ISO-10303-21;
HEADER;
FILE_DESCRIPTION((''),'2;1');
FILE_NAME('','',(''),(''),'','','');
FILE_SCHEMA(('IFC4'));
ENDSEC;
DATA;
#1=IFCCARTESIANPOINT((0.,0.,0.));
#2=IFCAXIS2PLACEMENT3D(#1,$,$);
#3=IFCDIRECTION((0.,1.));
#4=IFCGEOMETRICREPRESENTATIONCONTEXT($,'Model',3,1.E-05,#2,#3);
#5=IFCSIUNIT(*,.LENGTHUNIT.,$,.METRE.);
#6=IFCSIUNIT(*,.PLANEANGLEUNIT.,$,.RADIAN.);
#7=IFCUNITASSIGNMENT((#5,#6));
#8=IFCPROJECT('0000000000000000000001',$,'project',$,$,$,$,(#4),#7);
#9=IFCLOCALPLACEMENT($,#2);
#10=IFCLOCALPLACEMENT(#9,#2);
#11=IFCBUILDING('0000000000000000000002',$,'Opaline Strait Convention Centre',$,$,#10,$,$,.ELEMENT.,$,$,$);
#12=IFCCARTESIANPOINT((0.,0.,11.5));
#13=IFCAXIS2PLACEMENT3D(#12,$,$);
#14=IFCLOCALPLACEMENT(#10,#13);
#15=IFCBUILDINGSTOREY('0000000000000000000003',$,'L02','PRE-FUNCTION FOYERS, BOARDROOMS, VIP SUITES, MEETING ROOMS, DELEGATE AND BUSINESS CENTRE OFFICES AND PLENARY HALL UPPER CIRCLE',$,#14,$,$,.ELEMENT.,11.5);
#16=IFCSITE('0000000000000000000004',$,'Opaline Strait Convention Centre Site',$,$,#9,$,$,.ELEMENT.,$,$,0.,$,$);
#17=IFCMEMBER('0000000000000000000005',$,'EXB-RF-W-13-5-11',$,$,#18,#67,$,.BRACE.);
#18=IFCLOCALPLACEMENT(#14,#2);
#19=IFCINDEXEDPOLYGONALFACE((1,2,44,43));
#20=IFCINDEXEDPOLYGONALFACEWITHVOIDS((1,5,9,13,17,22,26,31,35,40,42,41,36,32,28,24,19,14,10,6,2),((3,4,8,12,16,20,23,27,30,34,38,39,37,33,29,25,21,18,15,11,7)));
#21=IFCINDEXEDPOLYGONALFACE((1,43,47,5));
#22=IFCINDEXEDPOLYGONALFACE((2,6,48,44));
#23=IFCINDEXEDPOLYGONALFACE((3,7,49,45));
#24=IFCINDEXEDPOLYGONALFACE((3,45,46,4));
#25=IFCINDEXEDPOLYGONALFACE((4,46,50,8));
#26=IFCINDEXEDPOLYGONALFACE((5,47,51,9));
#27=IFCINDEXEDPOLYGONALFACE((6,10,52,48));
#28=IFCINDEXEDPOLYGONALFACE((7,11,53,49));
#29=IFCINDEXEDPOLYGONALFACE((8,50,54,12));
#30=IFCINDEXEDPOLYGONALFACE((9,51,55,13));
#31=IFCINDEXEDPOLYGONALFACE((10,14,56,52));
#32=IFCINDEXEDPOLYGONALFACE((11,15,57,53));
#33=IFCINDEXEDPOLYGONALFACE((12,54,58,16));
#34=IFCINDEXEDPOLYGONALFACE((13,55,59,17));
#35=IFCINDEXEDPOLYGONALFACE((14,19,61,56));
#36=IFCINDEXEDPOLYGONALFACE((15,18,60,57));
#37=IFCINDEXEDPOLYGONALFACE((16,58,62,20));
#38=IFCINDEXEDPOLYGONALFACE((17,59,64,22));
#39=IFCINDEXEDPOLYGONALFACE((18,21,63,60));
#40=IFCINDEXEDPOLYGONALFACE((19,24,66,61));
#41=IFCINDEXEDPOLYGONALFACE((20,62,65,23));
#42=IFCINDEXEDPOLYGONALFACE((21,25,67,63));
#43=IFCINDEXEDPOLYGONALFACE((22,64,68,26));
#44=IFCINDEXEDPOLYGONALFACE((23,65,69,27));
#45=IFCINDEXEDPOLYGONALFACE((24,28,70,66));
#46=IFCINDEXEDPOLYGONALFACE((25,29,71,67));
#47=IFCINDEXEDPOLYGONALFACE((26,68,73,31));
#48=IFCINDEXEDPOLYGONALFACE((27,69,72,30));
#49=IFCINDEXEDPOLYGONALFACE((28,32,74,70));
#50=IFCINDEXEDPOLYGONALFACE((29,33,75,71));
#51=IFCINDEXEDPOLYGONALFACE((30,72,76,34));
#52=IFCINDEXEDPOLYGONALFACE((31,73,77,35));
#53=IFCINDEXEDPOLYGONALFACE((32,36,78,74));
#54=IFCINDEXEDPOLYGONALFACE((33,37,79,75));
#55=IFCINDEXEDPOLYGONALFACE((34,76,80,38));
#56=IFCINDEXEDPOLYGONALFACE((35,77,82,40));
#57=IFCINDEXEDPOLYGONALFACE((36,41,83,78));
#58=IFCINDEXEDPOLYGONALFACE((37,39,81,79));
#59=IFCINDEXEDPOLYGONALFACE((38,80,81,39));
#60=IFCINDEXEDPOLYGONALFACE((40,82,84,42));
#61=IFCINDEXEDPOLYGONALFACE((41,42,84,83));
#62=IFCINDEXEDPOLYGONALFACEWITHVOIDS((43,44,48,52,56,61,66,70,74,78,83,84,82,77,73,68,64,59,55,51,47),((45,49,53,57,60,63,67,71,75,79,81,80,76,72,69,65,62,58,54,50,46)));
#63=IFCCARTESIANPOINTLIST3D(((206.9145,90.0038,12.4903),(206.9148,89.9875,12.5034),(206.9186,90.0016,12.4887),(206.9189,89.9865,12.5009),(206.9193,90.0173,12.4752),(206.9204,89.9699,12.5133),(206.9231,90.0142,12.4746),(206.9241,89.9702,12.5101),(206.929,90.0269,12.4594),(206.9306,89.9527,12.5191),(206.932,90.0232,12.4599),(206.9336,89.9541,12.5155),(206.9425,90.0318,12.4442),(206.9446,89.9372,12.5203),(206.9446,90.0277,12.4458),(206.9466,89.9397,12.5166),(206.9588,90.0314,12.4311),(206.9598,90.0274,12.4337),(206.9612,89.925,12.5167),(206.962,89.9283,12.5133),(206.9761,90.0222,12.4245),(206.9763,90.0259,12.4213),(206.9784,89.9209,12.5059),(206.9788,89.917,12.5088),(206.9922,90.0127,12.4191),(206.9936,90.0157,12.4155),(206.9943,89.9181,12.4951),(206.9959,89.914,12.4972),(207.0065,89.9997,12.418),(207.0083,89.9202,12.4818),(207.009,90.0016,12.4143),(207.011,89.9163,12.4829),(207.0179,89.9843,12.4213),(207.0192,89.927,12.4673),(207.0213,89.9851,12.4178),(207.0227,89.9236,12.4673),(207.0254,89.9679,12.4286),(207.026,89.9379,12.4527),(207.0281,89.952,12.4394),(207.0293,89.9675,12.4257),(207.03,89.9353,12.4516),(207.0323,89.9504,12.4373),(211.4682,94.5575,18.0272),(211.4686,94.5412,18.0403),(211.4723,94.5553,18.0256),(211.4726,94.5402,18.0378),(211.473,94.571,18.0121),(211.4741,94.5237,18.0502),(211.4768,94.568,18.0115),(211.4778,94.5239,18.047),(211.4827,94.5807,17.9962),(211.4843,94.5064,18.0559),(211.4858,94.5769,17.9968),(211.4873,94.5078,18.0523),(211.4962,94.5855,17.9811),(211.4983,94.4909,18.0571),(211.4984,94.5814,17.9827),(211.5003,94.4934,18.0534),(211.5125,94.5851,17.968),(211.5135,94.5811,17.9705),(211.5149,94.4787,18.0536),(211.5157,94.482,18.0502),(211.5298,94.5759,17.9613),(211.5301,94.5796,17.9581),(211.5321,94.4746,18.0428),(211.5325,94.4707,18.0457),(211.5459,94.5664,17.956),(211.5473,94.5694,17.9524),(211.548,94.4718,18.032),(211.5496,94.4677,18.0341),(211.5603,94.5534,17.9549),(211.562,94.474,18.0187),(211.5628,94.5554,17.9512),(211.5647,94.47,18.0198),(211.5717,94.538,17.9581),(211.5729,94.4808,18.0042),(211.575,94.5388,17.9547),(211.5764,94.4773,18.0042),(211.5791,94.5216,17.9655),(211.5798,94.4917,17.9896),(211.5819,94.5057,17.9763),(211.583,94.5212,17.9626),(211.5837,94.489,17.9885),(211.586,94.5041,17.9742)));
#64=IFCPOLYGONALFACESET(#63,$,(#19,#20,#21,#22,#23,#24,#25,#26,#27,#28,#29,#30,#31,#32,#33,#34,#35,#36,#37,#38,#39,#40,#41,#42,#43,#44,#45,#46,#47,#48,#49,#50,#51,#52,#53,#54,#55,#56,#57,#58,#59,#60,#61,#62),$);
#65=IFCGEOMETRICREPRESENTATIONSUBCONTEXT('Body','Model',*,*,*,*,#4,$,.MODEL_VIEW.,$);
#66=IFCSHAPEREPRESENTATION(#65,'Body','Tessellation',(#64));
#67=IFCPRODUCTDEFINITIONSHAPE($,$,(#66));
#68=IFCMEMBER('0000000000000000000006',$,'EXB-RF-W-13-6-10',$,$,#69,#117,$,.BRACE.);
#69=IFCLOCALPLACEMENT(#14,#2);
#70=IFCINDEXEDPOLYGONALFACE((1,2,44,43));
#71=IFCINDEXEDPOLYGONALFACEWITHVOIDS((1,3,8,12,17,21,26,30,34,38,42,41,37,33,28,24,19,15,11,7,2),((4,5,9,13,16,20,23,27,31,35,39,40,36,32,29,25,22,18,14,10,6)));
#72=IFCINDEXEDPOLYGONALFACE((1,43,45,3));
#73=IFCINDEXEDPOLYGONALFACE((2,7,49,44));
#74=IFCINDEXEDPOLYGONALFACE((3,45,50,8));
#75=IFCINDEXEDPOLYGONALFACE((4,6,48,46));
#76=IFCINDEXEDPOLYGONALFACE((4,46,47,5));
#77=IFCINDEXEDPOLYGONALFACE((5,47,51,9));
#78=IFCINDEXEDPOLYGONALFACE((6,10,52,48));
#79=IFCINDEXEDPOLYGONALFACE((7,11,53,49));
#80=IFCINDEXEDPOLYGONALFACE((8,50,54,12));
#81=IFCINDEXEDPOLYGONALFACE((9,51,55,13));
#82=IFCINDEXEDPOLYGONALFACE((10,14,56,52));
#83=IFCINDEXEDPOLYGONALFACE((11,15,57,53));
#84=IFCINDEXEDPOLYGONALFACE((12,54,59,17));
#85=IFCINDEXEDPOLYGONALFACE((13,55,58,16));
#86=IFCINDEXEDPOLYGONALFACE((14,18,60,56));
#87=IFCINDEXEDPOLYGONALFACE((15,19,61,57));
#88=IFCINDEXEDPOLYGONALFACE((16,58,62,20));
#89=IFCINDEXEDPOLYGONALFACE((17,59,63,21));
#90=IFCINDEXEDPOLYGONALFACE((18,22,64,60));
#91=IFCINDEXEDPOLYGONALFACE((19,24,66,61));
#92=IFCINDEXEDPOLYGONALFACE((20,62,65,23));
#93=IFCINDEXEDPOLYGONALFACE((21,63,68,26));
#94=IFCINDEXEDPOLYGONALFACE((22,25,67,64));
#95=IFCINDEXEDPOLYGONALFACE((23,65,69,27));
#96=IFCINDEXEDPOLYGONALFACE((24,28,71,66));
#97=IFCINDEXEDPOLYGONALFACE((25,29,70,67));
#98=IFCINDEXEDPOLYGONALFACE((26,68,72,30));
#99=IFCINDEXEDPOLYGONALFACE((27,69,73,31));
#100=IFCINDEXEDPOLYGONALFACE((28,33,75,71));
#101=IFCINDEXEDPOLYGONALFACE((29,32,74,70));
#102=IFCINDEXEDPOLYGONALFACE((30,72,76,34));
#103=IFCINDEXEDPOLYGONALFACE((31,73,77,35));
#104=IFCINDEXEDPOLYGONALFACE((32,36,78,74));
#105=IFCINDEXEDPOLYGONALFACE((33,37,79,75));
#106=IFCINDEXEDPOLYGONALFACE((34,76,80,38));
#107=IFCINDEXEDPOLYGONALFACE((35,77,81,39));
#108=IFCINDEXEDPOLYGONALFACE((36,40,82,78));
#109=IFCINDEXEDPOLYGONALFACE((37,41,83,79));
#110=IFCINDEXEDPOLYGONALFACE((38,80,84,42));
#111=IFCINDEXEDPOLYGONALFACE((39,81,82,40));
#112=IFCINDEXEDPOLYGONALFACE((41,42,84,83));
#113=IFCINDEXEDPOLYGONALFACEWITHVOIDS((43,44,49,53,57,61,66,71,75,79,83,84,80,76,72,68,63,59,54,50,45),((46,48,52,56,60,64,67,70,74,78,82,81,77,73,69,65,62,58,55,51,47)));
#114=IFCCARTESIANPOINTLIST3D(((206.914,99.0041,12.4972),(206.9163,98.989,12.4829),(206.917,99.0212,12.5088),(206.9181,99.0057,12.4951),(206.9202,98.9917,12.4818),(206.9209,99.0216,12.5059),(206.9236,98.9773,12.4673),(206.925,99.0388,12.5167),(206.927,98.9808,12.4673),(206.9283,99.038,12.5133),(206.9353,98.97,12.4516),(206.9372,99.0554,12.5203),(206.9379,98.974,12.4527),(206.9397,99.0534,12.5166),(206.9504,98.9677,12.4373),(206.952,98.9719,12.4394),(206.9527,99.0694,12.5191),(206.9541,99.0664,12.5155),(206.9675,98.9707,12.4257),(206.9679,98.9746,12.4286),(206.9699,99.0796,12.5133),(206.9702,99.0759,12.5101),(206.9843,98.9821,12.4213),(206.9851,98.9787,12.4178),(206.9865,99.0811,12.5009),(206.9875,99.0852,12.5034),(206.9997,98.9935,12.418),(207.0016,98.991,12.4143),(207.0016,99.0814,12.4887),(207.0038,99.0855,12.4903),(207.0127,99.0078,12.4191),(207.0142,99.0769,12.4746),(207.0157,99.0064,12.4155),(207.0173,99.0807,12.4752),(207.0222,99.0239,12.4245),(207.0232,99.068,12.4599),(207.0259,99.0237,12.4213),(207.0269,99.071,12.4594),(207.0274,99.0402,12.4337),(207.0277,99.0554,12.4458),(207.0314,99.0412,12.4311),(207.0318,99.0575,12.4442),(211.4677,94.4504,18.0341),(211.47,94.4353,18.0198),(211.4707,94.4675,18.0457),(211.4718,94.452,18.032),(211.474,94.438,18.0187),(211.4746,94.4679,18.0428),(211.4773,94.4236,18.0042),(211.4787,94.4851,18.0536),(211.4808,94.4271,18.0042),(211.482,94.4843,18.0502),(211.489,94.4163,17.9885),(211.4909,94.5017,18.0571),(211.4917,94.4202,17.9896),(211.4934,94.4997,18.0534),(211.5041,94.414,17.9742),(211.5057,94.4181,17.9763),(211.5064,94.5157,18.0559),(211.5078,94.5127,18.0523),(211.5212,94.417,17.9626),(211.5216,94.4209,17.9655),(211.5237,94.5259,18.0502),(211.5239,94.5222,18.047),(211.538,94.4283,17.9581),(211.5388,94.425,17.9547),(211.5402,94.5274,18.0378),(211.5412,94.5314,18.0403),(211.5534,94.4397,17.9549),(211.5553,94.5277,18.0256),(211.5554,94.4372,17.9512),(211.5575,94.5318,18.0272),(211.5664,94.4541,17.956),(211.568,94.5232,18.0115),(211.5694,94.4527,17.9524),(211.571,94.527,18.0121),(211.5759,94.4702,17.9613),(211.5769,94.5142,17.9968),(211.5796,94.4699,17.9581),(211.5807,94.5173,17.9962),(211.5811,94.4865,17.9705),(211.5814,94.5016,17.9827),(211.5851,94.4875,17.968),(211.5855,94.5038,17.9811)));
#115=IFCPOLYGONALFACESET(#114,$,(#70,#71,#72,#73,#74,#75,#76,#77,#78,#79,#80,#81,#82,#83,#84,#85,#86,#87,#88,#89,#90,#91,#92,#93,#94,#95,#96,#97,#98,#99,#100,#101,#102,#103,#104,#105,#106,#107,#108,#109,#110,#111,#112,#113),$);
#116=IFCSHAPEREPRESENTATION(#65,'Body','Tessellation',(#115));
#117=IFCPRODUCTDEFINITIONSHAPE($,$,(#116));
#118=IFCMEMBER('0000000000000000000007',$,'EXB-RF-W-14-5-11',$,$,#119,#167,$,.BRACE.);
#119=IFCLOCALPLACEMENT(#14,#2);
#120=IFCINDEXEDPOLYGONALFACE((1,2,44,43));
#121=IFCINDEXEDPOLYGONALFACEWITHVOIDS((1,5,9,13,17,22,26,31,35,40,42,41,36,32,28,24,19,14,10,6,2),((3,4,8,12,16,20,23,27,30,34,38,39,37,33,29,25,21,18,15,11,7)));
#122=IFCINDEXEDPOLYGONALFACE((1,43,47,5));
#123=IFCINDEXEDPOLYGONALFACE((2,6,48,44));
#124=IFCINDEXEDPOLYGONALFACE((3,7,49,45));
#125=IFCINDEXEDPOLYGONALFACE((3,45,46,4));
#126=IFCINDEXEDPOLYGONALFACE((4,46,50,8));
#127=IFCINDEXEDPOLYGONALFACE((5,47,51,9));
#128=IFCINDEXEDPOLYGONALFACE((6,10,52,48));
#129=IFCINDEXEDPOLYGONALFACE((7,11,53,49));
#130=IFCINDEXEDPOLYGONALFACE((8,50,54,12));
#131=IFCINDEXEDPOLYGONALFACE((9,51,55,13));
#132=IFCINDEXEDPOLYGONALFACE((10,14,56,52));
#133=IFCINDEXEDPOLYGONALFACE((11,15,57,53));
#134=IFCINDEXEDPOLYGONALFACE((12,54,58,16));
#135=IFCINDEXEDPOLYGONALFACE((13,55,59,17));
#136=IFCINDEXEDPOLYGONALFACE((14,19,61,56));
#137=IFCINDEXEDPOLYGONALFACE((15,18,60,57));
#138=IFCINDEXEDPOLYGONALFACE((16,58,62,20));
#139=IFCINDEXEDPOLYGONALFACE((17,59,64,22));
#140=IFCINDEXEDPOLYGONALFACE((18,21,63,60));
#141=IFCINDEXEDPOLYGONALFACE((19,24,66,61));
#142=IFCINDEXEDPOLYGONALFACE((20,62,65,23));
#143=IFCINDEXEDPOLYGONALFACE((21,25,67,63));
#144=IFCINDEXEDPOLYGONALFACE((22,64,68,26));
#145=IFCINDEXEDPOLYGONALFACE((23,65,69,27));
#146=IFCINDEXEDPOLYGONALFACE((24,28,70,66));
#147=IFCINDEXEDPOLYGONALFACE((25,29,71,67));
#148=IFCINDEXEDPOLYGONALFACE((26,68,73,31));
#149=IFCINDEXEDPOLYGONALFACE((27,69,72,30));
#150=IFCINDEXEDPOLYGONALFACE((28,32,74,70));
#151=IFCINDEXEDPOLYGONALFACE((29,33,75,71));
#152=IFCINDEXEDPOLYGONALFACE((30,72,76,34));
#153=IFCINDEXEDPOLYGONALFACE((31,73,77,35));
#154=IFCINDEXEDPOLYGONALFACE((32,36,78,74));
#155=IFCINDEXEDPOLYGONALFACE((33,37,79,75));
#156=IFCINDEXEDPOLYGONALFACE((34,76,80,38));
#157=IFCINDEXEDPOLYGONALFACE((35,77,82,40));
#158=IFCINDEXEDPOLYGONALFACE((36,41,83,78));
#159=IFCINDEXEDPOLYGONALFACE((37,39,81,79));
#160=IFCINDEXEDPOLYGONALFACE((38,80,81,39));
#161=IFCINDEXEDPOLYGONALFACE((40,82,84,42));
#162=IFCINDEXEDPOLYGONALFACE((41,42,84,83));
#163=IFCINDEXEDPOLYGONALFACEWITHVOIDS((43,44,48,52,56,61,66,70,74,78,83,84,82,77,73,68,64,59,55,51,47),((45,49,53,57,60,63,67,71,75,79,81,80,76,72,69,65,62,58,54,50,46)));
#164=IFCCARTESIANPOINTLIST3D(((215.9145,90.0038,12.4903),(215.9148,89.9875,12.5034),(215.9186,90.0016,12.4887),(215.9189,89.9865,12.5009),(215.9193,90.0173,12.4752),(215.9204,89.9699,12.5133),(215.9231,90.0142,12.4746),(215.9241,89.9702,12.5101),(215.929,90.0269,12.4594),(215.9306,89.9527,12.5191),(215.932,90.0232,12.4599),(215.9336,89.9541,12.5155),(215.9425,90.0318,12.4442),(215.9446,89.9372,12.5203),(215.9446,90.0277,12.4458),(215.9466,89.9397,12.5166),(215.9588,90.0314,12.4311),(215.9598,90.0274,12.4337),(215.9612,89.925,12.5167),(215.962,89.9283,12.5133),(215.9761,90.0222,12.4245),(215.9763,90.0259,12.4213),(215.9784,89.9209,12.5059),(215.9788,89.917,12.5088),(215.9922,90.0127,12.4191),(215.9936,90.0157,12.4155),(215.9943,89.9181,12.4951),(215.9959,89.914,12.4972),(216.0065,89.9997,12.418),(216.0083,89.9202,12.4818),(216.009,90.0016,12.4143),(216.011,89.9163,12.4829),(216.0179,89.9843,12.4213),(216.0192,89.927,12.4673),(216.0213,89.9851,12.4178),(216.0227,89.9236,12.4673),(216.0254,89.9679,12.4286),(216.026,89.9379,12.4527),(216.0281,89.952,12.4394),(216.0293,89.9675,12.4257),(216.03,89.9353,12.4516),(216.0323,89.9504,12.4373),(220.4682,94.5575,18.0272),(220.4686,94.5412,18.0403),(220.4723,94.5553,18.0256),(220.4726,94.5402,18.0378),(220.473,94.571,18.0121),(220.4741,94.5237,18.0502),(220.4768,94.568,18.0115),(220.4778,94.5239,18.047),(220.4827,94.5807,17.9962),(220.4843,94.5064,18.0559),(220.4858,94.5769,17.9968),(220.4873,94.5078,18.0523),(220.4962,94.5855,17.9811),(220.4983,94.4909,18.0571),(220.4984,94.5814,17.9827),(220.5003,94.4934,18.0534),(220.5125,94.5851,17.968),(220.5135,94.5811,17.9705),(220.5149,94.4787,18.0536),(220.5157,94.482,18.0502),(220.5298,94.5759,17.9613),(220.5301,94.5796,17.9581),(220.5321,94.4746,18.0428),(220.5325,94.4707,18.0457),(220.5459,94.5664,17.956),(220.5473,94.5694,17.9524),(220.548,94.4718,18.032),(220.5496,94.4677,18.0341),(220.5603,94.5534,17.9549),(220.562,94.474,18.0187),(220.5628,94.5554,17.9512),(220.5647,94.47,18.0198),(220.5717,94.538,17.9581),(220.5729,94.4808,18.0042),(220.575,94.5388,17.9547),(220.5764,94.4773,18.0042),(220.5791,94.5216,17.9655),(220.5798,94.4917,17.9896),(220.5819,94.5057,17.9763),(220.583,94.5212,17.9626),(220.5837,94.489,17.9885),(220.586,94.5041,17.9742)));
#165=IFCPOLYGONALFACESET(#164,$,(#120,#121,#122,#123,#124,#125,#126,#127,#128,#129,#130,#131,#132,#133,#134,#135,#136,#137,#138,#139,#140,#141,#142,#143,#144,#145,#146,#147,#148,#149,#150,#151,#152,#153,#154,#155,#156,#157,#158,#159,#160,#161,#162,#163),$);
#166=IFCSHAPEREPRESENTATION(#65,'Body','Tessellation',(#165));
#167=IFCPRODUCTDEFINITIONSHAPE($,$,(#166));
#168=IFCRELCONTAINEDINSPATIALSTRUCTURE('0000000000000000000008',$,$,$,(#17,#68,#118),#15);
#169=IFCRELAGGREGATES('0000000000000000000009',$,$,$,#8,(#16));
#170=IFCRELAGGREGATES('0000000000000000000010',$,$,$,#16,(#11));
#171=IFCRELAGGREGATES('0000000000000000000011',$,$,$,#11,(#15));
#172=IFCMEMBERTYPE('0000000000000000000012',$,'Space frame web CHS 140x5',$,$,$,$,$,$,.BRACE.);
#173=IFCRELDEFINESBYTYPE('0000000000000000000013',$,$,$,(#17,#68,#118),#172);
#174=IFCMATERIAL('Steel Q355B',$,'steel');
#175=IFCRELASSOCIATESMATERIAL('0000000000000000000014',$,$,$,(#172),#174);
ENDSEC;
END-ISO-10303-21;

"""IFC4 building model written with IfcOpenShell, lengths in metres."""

from ifc_helpers import new_model, si_unit, direction, frame, origin, origin_2d, place, context, subcontext, project, spatial, hollow_circle, extrude, material, material_profile, profile_set, type_object, element, save


model = new_model("IFC4")

# Units and contexts
model_context = context("Model", 3, precision=1e-05, world=origin(), true_north=direction((0.0, 1.0)))
body_context = subcontext(model_context, "Body", "Model", "MODEL_VIEW")
ifc_project = project(units=[si_unit("LENGTHUNIT", "METRE"), si_unit("PLANEANGLEUNIT", "RADIAN")], contexts=[model_context])

# Site, building, storey
site_placement = place(None, origin())
site = spatial("IfcSite", under=ifc_project, at=site_placement, Name="Opaline Strait Convention Centre Site", CompositionType="ELEMENT", RefElevation=0.0)
building_placement = place(site_placement, origin())
building = spatial("IfcBuilding", under=site, at=building_placement, Name="Opaline Strait Convention Centre", CompositionType="ELEMENT")
storey_placement = place(building_placement, frame((0.0, 0.0, 11.5)))
storey = spatial("IfcBuildingStorey", under=building, at=storey_placement, Name="L02", Description="PRE-FUNCTION FOYERS, BOARDROOMS, VIP SUITES, MEETING ROOMS, DELEGATE AND BUSINESS CENTRE OFFICES AND PLENARY HALL UPPER CIRCLE", CompositionType="ELEMENT", Elevation=11.5)

# Members
ifc_material = material(Name="Steel Q355B", Category="steel")
ifc_material_profile_1 = material_profile(ifc_material, hollow_circle(Radius=0.0701, WallThickness=0.0049, at=origin_2d()), Name="CHS 140x5")
ifc_profile_set_1 = profile_set([ifc_material_profile_1], Name="Steel Q355B")
member_type_1 = type_object("IfcMemberType", Name="Space frame web CHS 140x5", PredefinedType="BRACE", material=ifc_profile_set_1)
for number, where, z_axis, x_axis, name in (
    (1, (211.5269, 94.5269, 18.0042), (-0.536178, -0.536178, -0.65194), (0.707107, -0.707107, 0.0), "EXB-RF-W-13-5-11"),
    (2, (211.5269, 94.4731, 18.0042), (-0.536178, 0.536178, -0.65194), (-0.707107, -0.707107, 0.0), "EXB-RF-W-13-6-10"),
    (3, (220.5269, 94.5269, 18.0042), (-0.536178, -0.536178, -0.65194), (0.707107, -0.707107, 0.0), "EXB-RF-W-14-5-11"),
):
    element("IfcMember", number, at=place(storey_placement, frame(where, z_axis=z_axis, x_axis=x_axis)), inside=storey, type_object=member_type_1, Name=name, PredefinedType="BRACE", context=body_context, shape_type="SweptSolid", body=[
        extrude(hollow_circle(Radius=0.0701, WallThickness=0.0049, at=origin_2d()), origin(), (0.0, 0.0, 1.0), 8.4929),
    ])

save(model, "model.ifc")
